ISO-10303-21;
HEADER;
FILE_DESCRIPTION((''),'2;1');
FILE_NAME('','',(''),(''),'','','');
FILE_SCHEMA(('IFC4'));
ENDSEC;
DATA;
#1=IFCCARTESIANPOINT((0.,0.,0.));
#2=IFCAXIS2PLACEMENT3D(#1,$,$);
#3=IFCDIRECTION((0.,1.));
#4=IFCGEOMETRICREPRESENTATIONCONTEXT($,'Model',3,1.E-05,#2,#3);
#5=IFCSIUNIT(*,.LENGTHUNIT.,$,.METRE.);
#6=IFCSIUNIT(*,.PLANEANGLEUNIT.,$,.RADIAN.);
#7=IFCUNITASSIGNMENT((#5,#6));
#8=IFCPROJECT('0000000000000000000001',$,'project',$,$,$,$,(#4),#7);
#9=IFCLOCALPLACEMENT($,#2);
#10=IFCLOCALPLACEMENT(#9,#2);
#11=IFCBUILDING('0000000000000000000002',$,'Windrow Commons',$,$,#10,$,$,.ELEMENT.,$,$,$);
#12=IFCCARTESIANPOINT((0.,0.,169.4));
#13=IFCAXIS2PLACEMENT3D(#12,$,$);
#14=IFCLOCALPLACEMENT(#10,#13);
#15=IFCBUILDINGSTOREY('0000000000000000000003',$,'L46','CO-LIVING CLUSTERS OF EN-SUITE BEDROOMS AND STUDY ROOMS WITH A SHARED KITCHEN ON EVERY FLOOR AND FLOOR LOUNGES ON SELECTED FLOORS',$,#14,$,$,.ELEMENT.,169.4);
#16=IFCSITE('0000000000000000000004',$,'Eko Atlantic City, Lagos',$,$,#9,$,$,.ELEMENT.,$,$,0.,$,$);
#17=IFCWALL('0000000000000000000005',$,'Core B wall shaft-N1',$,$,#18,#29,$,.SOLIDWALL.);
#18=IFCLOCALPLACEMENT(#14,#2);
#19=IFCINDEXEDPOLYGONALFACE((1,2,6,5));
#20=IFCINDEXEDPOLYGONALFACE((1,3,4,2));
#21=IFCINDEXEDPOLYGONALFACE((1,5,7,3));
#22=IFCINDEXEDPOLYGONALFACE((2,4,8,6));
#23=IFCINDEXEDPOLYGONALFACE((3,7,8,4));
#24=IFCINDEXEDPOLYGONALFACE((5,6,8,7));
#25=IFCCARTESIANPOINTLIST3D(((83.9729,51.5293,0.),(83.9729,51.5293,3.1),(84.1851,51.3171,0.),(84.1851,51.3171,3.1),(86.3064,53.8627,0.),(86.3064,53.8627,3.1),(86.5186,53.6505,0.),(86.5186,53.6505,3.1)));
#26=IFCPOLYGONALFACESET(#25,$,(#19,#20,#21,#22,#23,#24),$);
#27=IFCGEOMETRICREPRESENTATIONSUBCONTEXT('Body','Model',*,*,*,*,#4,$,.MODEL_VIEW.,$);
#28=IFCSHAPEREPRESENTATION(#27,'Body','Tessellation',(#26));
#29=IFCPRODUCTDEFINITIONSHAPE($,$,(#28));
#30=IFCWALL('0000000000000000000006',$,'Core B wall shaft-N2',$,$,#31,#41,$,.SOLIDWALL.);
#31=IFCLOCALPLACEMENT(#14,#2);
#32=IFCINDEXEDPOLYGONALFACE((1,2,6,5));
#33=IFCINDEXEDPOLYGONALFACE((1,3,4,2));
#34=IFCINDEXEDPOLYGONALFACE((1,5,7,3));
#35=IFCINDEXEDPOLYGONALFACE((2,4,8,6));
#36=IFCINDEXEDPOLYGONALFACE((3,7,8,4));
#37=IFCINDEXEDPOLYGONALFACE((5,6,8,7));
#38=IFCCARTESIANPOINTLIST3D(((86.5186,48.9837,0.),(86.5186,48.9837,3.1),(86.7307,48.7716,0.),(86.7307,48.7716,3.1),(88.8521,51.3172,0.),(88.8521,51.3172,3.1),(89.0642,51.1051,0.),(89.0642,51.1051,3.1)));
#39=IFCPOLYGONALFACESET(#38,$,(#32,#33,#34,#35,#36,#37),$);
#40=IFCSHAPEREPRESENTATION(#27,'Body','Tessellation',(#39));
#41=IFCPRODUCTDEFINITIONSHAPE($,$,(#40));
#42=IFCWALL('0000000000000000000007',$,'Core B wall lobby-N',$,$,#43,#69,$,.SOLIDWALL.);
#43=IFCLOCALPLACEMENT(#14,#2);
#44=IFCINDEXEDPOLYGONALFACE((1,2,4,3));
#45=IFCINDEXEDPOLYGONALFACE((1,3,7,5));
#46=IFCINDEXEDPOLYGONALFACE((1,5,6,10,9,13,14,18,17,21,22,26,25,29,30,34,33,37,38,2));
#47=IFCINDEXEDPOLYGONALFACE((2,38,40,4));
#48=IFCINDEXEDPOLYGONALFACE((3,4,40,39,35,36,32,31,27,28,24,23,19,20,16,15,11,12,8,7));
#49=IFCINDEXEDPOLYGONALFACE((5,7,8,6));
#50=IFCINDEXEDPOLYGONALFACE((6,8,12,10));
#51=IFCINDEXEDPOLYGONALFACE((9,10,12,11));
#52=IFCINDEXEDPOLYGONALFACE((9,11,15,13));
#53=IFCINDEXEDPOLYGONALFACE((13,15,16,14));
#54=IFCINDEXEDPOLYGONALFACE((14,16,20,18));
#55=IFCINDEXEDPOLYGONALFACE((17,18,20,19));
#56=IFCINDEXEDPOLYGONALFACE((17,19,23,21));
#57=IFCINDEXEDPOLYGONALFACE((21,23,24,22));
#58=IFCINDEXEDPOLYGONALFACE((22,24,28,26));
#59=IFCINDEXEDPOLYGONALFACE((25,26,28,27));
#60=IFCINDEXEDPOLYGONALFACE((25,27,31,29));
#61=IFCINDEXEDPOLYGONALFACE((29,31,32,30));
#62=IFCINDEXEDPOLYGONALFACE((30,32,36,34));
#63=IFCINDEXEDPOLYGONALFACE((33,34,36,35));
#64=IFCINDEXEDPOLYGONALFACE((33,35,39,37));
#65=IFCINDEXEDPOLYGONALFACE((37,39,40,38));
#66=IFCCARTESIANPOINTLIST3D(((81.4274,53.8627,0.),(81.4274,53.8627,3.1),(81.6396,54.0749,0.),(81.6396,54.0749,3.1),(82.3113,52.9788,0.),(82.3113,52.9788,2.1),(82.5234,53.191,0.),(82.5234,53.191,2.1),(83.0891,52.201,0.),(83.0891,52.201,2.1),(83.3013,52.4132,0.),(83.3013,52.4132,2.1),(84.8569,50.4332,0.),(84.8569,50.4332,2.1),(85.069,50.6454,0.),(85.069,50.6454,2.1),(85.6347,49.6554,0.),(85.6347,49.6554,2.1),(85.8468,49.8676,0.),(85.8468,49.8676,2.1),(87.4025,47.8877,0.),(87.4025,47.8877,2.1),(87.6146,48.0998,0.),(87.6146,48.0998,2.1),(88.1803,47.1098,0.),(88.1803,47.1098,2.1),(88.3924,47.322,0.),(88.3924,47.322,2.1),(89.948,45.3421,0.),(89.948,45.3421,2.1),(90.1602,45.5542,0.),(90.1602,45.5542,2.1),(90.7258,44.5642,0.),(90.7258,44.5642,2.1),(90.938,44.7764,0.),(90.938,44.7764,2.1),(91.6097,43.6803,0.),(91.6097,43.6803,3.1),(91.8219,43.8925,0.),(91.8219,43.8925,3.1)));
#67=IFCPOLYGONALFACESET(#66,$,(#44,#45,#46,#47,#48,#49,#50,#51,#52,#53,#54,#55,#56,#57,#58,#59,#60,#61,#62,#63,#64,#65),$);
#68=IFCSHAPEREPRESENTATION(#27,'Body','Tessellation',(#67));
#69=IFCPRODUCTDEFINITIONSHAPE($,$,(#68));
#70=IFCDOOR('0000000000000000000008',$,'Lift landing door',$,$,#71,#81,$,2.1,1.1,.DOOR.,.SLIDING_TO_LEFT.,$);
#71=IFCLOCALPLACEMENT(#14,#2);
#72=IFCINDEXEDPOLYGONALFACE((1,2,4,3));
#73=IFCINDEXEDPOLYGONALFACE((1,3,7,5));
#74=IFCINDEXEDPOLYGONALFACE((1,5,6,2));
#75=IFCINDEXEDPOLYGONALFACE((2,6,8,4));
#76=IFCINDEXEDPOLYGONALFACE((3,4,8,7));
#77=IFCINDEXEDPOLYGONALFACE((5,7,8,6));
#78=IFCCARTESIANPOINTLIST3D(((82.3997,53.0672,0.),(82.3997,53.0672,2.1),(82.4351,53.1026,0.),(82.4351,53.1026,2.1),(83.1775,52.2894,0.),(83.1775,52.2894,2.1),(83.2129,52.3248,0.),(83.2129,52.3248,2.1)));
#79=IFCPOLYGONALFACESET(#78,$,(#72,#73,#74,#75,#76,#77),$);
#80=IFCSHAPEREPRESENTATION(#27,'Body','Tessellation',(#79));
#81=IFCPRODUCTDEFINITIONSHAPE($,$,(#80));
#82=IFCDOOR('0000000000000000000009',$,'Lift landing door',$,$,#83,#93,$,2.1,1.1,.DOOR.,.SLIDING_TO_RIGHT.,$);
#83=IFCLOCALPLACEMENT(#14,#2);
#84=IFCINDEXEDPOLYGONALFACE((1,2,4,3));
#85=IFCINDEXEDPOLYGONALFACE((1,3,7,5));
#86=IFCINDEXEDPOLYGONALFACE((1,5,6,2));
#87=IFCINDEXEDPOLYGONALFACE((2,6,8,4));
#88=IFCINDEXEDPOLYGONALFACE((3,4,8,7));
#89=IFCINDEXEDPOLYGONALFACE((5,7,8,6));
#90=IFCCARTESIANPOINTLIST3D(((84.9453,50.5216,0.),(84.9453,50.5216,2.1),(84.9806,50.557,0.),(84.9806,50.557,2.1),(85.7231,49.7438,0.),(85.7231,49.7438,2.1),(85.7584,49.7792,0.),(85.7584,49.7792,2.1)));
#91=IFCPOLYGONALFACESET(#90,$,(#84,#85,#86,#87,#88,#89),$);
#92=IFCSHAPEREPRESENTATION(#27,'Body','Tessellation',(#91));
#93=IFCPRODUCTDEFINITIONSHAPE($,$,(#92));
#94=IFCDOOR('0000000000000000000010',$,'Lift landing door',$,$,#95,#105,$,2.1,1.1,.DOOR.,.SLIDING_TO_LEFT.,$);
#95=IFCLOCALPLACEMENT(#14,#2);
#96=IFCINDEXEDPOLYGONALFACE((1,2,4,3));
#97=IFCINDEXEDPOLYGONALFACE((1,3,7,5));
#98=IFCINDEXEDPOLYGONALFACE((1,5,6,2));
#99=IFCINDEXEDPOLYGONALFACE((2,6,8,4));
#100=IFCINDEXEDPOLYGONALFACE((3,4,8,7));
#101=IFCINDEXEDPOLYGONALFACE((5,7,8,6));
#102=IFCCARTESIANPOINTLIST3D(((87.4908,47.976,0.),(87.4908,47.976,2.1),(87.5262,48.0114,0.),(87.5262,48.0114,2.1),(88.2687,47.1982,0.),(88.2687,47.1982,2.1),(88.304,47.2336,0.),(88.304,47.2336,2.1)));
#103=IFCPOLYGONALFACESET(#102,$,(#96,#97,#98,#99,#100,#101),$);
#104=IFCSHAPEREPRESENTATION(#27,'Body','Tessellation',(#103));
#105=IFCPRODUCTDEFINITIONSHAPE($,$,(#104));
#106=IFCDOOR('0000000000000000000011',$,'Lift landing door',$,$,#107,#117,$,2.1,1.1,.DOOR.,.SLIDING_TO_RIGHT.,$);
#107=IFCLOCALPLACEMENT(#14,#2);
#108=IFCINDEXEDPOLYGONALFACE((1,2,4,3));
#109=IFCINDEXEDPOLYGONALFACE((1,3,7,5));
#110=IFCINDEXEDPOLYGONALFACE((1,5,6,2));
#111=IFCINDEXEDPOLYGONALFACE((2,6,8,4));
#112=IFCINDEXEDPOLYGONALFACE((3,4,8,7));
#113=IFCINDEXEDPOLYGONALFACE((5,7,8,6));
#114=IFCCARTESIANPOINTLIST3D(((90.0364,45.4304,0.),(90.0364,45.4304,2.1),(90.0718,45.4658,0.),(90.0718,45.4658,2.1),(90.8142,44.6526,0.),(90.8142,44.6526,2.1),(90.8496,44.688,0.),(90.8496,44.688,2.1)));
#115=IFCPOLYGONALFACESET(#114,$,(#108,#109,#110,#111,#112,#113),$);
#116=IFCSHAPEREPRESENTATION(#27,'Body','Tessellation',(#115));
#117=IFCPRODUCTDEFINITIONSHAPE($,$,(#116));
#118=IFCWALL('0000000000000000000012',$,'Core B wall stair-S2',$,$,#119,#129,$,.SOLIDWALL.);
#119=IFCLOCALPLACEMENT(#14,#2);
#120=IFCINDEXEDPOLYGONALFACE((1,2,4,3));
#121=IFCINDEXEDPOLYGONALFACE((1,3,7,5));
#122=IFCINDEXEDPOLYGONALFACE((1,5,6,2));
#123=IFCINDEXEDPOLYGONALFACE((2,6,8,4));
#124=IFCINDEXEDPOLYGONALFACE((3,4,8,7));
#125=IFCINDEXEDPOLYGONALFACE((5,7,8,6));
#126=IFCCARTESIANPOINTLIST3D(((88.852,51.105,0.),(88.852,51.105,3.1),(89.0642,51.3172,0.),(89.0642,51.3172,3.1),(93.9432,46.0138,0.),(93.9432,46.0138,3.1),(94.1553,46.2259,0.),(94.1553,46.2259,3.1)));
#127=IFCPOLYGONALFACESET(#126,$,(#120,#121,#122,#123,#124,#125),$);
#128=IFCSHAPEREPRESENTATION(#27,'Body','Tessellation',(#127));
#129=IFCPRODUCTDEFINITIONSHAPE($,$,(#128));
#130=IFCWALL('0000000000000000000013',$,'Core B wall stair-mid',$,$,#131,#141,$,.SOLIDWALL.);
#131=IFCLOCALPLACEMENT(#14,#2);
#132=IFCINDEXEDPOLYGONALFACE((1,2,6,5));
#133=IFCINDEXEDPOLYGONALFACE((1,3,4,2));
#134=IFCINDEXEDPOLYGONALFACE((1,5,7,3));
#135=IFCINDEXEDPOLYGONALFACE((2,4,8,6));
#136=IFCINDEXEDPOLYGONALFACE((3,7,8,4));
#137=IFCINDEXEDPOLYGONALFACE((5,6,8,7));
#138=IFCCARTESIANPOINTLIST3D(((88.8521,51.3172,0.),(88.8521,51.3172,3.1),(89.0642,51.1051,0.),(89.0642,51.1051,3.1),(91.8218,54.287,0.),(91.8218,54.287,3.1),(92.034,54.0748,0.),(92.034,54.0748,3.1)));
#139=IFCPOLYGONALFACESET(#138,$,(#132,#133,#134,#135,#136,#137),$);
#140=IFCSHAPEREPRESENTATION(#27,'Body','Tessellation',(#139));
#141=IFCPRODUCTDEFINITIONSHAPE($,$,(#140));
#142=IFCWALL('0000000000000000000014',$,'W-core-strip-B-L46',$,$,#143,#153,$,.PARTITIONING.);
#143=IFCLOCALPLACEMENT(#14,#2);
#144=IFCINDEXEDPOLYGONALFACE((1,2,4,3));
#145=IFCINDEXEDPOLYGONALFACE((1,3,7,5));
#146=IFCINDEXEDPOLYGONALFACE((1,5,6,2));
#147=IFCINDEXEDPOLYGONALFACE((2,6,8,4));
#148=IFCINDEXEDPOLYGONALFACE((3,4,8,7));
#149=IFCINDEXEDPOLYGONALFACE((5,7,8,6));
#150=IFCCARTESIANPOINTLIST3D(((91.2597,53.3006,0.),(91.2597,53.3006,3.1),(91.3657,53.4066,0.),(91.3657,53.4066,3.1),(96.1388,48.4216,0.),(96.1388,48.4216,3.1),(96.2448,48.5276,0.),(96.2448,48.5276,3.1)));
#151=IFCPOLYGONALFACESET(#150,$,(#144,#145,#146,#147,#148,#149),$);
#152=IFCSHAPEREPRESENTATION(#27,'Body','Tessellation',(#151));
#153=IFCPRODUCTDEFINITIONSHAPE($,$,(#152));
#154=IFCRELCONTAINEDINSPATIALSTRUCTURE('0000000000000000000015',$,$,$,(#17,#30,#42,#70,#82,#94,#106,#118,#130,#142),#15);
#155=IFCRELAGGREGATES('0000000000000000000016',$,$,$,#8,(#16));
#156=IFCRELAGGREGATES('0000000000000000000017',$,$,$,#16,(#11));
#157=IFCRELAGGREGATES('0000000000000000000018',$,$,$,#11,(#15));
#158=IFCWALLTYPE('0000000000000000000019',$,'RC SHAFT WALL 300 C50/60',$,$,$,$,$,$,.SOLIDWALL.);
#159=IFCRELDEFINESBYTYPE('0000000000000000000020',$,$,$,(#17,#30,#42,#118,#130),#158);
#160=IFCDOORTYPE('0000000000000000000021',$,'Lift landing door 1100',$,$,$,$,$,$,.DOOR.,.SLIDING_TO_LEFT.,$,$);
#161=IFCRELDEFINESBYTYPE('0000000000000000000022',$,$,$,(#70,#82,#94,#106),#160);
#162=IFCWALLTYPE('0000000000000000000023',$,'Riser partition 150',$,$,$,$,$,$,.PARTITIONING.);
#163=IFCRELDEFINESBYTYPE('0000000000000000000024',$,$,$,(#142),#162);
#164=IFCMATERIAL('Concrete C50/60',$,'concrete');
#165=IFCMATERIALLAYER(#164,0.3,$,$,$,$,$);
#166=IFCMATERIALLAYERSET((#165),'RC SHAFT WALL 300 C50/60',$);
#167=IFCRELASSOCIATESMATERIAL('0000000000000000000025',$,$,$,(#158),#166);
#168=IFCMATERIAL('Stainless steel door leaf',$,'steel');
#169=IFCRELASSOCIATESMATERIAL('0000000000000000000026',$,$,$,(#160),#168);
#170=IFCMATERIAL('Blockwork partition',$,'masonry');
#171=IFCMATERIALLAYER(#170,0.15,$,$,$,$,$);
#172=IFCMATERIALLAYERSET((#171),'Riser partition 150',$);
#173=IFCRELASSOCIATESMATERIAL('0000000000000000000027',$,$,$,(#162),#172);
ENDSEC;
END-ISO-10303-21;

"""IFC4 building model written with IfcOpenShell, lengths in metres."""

from ifc_helpers import new_model, si_unit, direction, frame, frame_2d, origin, place, context, subcontext, project, spatial, rectangle, extrude, material, layer, layer_set, type_object, element, fill, save


model = new_model("IFC4")

# Units and contexts
model_context = context("Model", 3, precision=1e-05, world=origin(), true_north=direction((0.0, 1.0)))
body_context = subcontext(model_context, "Body", "Model", "MODEL_VIEW")
ifc_project = project(units=[si_unit("LENGTHUNIT", "METRE"), si_unit("PLANEANGLEUNIT", "RADIAN")], contexts=[model_context])

# Site, building, storey
site_placement = place(None, origin())
site = spatial("IfcSite", under=ifc_project, at=site_placement, Name="Eko Atlantic City, Lagos", CompositionType="ELEMENT", RefElevation=0.0)
building_placement = place(site_placement, origin())
building = spatial("IfcBuilding", under=site, at=building_placement, Name="Windrow Commons", CompositionType="ELEMENT")
storey_placement = place(building_placement, frame((0.0, 0.0, 169.4)))
storey = spatial("IfcBuildingStorey", under=building, at=storey_placement, Name="L46", Description="CO-LIVING CLUSTERS OF EN-SUITE BEDROOMS AND STUDY ROOMS WITH A SHARED KITCHEN ON EVERY FLOOR AND FLOOR LOUNGES ON SELECTED FLOORS", CompositionType="ELEMENT", Elevation=169.4)

# Walls
ifc_material_1 = material(Name="Concrete C50/60", Category="concrete")
ifc_layer_1 = layer(ifc_material_1, 0.3)
ifc_layer_set_1 = layer_set([ifc_layer_1], Name="RC SHAFT WALL 300 C50/60")
wall_type_1 = type_object("IfcWallType", Name="RC SHAFT WALL 300 C50/60", PredefinedType="SOLIDWALL", material=ifc_layer_set_1)
wall_1_placement = place(storey_placement, frame((84.079, 51.4232, 0.0), z_axis=(0.0, 0.0, 1.0), x_axis=(0.707122, 0.707092, 0.0)))
element("IfcWall", 1, at=wall_1_placement, inside=storey, type_object=wall_type_1, Name="Core B wall shaft-N1", PredefinedType="SOLIDWALL", context=body_context, shape_type="SweptSolid", body=[
    extrude(rectangle(XDim=3.3, YDim=0.3, at=frame_2d((1.65, 0.0))), origin(), (0.0, 0.0, 1.0), 3.1),
])
wall_2_placement = place(storey_placement, frame((86.6246, 48.8776, 0.0), z_axis=(0.0, 0.0, 1.0), x_axis=(0.707107, 0.707107, 0.0)))
element("IfcWall", 2, at=wall_2_placement, inside=storey, type_object=wall_type_1, Name="Core B wall shaft-N2", PredefinedType="SOLIDWALL", context=body_context, shape_type="SweptSolid", body=[
    extrude(rectangle(XDim=3.3001, YDim=0.3, at=frame_2d((1.6501, 0.0))), origin(), (0.0, 0.0, 1.0), 3.1),
])

# Wall, openings, doors
wall_3_placement = place(storey_placement, frame((81.5335, 53.9688, 0.0), z_axis=(0.0, 0.0, 1.0), x_axis=(0.707103, -0.70711, 0.0)))
wall_3 = element("IfcWall", 3, at=wall_3_placement, inside=storey, type_object=wall_type_1, Name="Core B wall lobby-N", PredefinedType="SOLIDWALL", context=body_context, shape_type="SweptSolid", body=[
    extrude(rectangle(XDim=14.4, YDim=0.3, at=frame_2d((7.2, 0.0))), origin(), (0.0, 0.0, 1.0), 3.1),
])
opening_1_placement = place(wall_3_placement, frame((1.25, 0.0, 0.0)))
opening_1 = element("IfcOpeningElement", 4, at=opening_1_placement, cuts=wall_3, PredefinedType="OPENING", context=body_context, shape_type="SweptSolid", body=[
    extrude(rectangle(XDim=1.1, YDim=2.1, at=frame_2d((0.55, 1.05))), frame((0.0, 0.16, 0.0), z_axis=(0.0, -1.0, 0.0), x_axis=(1.0, 0.0, 0.0)), (0.0, 0.0, 1.0), 0.32),
])
opening_2_placement = place(wall_3_placement, frame((4.85, 0.0, 0.0)))
opening_2 = element("IfcOpeningElement", 5, at=opening_2_placement, cuts=wall_3, PredefinedType="OPENING", context=body_context, shape_type="SweptSolid", body=[
    extrude(rectangle(XDim=1.1, YDim=2.1, at=frame_2d((0.55, 1.05))), frame((0.0, 0.16, 0.0), z_axis=(0.0, -1.0, 0.0), x_axis=(1.0, 0.0, 0.0)), (0.0, 0.0, 1.0), 0.32),
])
opening_3_placement = place(wall_3_placement, frame((8.45, 0.0, 0.0)))
opening_3 = element("IfcOpeningElement", 6, at=opening_3_placement, cuts=wall_3, PredefinedType="OPENING", context=body_context, shape_type="SweptSolid", body=[
    extrude(rectangle(XDim=1.1, YDim=2.1, at=frame_2d((0.55, 1.05))), frame((0.0, 0.16, 0.0), z_axis=(0.0, -1.0, 0.0), x_axis=(1.0, 0.0, 0.0)), (0.0, 0.0, 1.0), 0.32),
])
opening_4_placement = place(wall_3_placement, frame((12.05, 0.0, 0.0)))
opening_4 = element("IfcOpeningElement", 7, at=opening_4_placement, cuts=wall_3, PredefinedType="OPENING", context=body_context, shape_type="SweptSolid", body=[
    extrude(rectangle(XDim=1.1, YDim=2.1, at=frame_2d((0.55, 1.05))), frame((0.0, 0.16, 0.0), z_axis=(0.0, -1.0, 0.0), x_axis=(1.0, 0.0, 0.0)), (0.0, 0.0, 1.0), 0.32),
])
ifc_material_2 = material(Name="Stainless steel door leaf", Category="steel")
door_type_1 = type_object("IfcDoorType", Name="Lift landing door 1100", OperationType="SLIDING_TO_LEFT", PredefinedType="DOOR", material=ifc_material_2)
door_1_placement = place(opening_1_placement, origin())
door_1 = element("IfcDoor", 8, at=door_1_placement, inside=storey, type_object=door_type_1, Name="Lift landing door", OperationType="SLIDING_TO_LEFT", OverallHeight=2.1, OverallWidth=1.1, PredefinedType="DOOR", context=body_context, shape_type="SweptSolid", body=[
    extrude(rectangle(XDim=1.1, YDim=2.1, at=frame_2d((0.55, 1.05))), frame((0.0, 0.025, 0.0), z_axis=(0.0, -1.0, 0.0), x_axis=(1.0, 0.0, 0.0)), (0.0, 0.0, 1.0), 0.05),
])
fill(opening_1, door_1)
door_2_placement = place(opening_2_placement, origin())
door_2 = element("IfcDoor", 9, at=door_2_placement, inside=storey, type_object=door_type_1, Name="Lift landing door", OperationType="SLIDING_TO_RIGHT", OverallHeight=2.1, OverallWidth=1.1, PredefinedType="DOOR", context=body_context, shape_type="SweptSolid", body=[
    extrude(rectangle(XDim=1.1, YDim=2.1, at=frame_2d((0.55, 1.05))), frame((0.0, 0.025, 0.0), z_axis=(0.0, -1.0, 0.0), x_axis=(1.0, 0.0, 0.0)), (0.0, 0.0, 1.0), 0.05),
])
fill(opening_2, door_2)
door_3_placement = place(opening_3_placement, origin())
door_3 = element("IfcDoor", 10, at=door_3_placement, inside=storey, type_object=door_type_1, Name="Lift landing door", OperationType="SLIDING_TO_LEFT", OverallHeight=2.1, OverallWidth=1.1, PredefinedType="DOOR", context=body_context, shape_type="SweptSolid", body=[
    extrude(rectangle(XDim=1.1, YDim=2.1, at=frame_2d((0.55, 1.05))), frame((0.0, 0.025, 0.0), z_axis=(0.0, -1.0, 0.0), x_axis=(1.0, 0.0, 0.0)), (0.0, 0.0, 1.0), 0.05),
])
fill(opening_3, door_3)
door_4_placement = place(opening_4_placement, origin())
door_4 = element("IfcDoor", 11, at=door_4_placement, inside=storey, type_object=door_type_1, Name="Lift landing door", OperationType="SLIDING_TO_RIGHT", OverallHeight=2.1, OverallWidth=1.1, PredefinedType="DOOR", context=body_context, shape_type="SweptSolid", body=[
    extrude(rectangle(XDim=1.1, YDim=2.1, at=frame_2d((0.55, 1.05))), frame((0.0, 0.025, 0.0), z_axis=(0.0, -1.0, 0.0), x_axis=(1.0, 0.0, 0.0)), (0.0, 0.0, 1.0), 0.05),
])
fill(opening_4, door_4)

# Walls
wall_4_placement = place(storey_placement, frame((88.9581, 51.2111, 0.0), z_axis=(0.0, 0.0, 1.0), x_axis=(0.7071, -0.707114, 0.0)))
element("IfcWall", 12, at=wall_4_placement, inside=storey, type_object=wall_type_1, Name="Core B wall stair-S2", PredefinedType="SOLIDWALL", context=body_context, shape_type="SweptSolid", body=[
    extrude(rectangle(XDim=7.2, YDim=0.3, at=frame_2d((3.6, 0.0))), origin(), (0.0, 0.0, 1.0), 3.1),
])
wall_5_placement = place(storey_placement, frame((88.9581, 51.2111, 0.0), z_axis=(0.0, 0.0, 1.0), x_axis=(0.707107, 0.707107, 0.0)))
element("IfcWall", 13, at=wall_5_placement, inside=storey, type_object=wall_type_1, Name="Core B wall stair-mid", PredefinedType="SOLIDWALL", context=body_context, shape_type="SweptSolid", body=[
    extrude(rectangle(XDim=4.1999, YDim=0.3, at=frame_2d((2.1, 0.0))), origin(), (0.0, 0.0, 1.0), 3.1),
])
ifc_material_3 = material(Name="Blockwork partition", Category="masonry")
ifc_layer_2 = layer(ifc_material_3, 0.15)
ifc_layer_set_2 = layer_set([ifc_layer_2], Name="Riser partition 150")
wall_type_2 = type_object("IfcWallType", Name="Riser partition 150", PredefinedType="PARTITIONING", material=ifc_layer_set_2)
wall_6_placement = place(storey_placement, frame((91.3127, 53.3536, 0.0), z_axis=(0.0, 0.0, 1.0), x_axis=(0.707114, -0.7071, 0.0)))
element("IfcWall", 14, at=wall_6_placement, inside=storey, type_object=wall_type_2, Name="W-core-strip-B-L46", PredefinedType="PARTITIONING", context=body_context, shape_type="SweptSolid", body=[
    extrude(rectangle(XDim=6.9, YDim=0.15, at=frame_2d((3.45, 0.0))), origin(), (0.0, 0.0, 1.0), 3.1),
])

save(model, "model.ifc")
